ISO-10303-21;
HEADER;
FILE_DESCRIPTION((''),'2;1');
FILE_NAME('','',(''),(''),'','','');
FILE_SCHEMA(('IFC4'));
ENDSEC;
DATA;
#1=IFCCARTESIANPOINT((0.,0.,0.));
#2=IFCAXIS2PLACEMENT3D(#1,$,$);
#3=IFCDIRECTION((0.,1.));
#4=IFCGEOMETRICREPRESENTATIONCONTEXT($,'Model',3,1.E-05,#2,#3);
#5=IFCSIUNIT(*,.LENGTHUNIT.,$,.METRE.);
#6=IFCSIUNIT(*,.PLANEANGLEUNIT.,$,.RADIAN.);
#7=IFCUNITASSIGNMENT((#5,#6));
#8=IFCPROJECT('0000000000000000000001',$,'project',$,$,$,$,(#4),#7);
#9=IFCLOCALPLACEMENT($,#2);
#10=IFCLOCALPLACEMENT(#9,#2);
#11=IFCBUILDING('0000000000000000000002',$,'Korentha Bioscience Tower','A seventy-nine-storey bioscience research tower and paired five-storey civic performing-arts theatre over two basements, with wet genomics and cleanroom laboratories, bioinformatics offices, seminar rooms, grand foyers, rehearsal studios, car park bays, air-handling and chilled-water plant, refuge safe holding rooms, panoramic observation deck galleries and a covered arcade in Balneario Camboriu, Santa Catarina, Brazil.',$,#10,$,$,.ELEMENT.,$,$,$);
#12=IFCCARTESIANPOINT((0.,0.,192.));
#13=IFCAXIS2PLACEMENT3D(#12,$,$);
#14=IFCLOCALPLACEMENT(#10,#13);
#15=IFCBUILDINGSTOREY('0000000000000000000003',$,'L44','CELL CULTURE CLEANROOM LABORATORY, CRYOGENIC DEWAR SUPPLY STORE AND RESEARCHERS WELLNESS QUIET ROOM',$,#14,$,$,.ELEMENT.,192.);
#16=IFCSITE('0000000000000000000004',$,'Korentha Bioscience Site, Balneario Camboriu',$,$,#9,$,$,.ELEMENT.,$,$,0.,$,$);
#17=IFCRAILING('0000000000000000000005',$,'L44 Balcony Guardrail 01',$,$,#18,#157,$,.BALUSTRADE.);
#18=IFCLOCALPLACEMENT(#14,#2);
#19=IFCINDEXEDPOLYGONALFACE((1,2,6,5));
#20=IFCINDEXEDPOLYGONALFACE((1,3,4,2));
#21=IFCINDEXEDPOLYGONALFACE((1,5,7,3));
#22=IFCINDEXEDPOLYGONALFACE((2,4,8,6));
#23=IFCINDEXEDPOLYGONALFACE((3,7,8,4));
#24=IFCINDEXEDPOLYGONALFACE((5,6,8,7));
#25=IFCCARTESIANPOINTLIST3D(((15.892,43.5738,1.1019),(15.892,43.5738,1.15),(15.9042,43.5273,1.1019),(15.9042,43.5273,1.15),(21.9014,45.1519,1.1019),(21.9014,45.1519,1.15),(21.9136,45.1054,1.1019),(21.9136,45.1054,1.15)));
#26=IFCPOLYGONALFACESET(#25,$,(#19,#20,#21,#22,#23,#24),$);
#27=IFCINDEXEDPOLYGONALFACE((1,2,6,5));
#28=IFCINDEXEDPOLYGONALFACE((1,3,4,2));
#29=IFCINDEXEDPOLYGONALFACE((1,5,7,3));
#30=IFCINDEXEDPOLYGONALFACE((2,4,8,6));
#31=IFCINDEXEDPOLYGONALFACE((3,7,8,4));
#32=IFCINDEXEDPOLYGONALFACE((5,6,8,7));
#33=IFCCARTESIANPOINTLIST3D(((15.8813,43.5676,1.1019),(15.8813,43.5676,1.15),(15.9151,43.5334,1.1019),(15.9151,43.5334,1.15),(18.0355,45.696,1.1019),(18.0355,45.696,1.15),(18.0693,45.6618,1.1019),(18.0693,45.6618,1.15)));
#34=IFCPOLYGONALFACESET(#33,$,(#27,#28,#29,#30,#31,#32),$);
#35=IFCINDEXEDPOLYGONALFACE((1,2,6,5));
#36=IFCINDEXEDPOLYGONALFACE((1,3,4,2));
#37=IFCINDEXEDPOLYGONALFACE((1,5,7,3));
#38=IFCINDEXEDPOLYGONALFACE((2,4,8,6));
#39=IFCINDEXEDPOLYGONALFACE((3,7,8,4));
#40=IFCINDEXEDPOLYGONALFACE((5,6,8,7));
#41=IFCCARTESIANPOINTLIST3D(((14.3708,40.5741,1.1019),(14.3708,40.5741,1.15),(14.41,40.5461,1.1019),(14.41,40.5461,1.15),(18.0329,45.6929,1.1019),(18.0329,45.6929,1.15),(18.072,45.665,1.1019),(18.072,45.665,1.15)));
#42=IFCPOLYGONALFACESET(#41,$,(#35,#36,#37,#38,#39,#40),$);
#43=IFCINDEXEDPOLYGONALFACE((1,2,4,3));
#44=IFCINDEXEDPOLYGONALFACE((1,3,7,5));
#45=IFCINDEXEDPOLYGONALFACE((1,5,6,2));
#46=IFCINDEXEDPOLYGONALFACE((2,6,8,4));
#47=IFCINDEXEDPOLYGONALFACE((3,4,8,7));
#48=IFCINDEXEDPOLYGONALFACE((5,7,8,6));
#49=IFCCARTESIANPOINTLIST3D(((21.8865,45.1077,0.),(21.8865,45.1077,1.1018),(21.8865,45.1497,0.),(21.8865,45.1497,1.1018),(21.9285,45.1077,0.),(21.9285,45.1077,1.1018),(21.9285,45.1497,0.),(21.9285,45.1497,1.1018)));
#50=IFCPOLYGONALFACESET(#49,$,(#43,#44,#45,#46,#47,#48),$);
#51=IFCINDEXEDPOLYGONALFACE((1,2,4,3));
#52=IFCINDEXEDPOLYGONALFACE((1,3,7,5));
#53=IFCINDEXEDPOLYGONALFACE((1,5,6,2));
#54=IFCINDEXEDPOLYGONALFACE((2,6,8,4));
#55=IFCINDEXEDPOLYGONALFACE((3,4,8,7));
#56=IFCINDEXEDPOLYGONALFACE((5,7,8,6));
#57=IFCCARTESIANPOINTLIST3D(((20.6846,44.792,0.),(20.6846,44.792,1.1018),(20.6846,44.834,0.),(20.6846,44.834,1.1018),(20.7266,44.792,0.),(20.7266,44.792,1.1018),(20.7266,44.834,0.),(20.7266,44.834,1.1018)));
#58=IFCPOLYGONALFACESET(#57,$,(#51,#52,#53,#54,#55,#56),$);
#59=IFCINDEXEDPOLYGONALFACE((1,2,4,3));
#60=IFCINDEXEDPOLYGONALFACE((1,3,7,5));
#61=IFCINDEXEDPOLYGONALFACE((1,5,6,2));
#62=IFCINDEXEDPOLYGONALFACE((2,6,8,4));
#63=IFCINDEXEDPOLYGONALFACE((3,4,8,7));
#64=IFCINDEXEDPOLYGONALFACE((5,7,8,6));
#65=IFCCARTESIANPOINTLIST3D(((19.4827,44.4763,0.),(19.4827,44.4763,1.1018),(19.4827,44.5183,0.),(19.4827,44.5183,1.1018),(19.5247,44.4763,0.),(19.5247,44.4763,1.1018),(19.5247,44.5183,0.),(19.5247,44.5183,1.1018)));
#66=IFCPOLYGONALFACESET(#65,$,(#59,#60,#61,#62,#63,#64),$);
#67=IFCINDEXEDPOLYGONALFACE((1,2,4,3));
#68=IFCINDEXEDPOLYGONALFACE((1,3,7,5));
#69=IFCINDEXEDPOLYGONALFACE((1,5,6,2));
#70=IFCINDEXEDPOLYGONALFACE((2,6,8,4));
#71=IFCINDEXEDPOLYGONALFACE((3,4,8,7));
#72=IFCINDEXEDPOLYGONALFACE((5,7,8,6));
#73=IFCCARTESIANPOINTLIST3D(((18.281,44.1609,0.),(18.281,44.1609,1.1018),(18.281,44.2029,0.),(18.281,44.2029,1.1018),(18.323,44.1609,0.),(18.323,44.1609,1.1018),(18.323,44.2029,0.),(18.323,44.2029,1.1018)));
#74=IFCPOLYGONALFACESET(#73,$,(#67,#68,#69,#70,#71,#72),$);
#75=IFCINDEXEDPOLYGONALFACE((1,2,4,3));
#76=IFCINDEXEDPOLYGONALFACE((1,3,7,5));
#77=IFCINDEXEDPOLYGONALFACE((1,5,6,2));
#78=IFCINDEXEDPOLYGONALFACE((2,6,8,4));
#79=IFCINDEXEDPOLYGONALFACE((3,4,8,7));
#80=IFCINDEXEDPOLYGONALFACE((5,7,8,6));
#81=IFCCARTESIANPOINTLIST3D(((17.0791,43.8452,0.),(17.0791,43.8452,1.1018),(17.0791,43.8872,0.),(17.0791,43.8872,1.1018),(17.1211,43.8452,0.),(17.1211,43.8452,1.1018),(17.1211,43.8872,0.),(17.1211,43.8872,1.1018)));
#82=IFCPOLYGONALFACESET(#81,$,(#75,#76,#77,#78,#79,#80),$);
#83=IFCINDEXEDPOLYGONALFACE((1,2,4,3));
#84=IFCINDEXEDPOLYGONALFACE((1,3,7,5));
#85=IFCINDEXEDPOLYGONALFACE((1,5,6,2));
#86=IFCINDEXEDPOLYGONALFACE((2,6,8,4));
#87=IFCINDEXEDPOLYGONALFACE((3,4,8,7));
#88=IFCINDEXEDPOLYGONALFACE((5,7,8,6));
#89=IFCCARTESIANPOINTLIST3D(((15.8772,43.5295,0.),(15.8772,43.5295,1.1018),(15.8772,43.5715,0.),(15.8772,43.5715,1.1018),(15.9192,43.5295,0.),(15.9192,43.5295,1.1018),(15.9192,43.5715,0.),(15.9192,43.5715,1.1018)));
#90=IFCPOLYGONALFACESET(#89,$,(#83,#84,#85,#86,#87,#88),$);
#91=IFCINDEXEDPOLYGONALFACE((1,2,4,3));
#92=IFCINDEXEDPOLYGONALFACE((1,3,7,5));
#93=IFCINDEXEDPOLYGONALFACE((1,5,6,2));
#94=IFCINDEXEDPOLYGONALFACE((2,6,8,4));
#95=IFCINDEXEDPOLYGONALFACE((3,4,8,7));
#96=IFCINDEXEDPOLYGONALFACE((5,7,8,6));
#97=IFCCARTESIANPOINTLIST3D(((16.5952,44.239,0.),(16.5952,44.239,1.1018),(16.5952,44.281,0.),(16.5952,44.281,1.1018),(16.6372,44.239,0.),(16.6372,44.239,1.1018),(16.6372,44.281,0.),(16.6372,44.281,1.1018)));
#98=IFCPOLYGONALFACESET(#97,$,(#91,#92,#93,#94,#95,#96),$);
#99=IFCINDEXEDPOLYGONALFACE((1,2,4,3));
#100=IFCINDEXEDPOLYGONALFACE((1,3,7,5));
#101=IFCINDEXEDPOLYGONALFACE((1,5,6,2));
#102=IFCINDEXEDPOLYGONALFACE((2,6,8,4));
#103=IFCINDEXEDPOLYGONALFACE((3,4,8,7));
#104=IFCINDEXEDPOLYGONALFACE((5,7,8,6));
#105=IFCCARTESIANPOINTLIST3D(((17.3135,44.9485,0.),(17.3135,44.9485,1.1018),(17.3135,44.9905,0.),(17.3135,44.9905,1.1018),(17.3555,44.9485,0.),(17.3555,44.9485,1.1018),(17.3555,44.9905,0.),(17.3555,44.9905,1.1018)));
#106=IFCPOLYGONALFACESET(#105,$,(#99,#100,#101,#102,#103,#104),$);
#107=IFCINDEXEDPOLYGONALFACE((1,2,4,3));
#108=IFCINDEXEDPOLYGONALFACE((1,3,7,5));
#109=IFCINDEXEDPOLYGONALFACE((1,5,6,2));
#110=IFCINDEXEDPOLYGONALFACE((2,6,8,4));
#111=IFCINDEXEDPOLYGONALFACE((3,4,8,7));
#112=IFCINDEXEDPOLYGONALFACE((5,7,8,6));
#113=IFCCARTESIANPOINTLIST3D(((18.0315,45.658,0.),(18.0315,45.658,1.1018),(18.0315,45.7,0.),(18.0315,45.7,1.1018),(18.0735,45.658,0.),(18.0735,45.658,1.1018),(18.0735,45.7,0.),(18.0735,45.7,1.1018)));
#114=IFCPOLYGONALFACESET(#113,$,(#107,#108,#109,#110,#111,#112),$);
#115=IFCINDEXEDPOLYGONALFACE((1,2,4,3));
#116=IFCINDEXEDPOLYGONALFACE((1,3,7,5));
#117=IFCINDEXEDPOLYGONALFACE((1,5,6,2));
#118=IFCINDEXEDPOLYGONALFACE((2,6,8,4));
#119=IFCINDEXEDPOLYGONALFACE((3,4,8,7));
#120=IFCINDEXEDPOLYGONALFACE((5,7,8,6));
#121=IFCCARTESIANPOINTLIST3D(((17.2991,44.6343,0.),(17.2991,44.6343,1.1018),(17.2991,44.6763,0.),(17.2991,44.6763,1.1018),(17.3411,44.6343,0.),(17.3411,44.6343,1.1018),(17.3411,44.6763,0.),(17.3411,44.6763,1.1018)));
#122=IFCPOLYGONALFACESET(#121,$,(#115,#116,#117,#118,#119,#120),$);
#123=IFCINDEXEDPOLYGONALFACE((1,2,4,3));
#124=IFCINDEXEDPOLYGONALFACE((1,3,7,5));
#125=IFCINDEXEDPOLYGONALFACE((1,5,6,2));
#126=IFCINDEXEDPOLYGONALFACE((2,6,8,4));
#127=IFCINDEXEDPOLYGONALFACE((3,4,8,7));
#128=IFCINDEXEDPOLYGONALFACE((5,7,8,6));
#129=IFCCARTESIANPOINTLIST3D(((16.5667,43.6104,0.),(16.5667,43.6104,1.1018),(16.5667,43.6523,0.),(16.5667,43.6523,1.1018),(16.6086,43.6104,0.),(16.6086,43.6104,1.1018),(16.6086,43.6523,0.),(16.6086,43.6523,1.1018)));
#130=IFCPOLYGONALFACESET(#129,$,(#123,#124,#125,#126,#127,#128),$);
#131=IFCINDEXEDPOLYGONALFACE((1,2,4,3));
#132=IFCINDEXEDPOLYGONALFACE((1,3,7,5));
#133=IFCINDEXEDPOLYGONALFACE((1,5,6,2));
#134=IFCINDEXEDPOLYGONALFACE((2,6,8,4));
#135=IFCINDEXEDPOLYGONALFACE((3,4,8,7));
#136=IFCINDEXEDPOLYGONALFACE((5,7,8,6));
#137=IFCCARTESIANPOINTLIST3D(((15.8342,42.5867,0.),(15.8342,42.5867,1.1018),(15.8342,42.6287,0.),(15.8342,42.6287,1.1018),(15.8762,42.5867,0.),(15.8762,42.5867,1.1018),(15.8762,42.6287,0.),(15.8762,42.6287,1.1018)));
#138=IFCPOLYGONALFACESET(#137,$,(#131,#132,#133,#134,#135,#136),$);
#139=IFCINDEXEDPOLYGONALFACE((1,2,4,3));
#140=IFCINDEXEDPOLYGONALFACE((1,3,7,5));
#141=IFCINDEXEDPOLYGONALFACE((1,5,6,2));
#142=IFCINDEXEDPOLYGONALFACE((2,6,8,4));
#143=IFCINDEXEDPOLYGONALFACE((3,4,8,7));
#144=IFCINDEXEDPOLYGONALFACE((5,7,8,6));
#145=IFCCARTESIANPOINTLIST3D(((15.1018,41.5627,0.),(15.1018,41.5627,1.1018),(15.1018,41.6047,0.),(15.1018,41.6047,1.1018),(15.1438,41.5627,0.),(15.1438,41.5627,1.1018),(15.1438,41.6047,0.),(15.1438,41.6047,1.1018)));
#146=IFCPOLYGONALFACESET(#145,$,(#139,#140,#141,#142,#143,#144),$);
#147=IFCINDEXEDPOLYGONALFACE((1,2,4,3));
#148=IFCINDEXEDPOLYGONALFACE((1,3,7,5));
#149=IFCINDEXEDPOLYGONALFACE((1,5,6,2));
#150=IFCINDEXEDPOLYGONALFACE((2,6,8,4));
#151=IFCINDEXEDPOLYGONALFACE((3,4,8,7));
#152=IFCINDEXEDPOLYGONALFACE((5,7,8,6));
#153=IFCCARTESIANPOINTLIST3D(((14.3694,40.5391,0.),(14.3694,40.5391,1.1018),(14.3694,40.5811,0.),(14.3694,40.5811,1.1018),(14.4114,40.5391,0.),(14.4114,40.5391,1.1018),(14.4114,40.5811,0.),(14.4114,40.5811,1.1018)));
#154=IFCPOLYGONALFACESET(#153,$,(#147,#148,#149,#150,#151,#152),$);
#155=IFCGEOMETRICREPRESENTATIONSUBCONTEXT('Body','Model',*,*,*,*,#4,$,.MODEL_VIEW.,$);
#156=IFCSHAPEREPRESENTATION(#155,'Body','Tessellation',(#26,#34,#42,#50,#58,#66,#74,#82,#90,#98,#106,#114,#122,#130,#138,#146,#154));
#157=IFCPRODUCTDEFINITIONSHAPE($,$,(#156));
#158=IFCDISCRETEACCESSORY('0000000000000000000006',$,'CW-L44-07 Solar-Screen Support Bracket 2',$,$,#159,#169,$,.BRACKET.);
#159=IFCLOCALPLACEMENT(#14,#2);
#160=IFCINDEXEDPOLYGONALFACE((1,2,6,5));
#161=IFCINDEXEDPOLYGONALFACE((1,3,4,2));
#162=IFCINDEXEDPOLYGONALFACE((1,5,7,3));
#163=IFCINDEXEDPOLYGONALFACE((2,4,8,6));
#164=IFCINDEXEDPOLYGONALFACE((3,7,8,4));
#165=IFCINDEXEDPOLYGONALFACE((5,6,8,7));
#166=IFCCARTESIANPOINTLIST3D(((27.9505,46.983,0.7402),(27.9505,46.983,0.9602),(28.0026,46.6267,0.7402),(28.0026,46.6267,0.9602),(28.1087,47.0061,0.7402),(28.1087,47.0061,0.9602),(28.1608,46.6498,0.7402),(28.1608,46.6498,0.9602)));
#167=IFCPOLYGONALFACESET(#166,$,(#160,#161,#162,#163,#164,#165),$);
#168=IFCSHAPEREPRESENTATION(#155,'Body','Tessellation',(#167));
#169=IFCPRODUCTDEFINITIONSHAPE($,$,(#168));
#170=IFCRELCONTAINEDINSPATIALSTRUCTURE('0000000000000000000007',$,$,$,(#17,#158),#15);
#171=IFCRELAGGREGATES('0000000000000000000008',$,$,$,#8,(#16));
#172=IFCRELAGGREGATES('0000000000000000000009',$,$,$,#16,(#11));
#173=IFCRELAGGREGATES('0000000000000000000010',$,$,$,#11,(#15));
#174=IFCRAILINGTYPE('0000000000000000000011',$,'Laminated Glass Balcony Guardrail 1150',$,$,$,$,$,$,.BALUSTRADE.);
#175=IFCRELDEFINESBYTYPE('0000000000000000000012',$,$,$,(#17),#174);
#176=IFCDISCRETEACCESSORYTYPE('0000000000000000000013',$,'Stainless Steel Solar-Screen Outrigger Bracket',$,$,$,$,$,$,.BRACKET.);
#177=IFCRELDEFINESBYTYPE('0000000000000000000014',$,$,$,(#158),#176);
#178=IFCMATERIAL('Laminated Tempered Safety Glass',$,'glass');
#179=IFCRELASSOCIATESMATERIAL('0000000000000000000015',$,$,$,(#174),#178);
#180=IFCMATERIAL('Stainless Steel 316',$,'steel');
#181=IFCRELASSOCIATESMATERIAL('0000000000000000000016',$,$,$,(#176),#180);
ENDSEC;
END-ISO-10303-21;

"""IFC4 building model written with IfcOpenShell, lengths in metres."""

from ifc_helpers import new_model, si_unit, direction, frame, origin, origin_2d, place, context, subcontext, project, spatial, rectangle, extrude, material, type_object, element, save


model = new_model("IFC4")

# Units and contexts
model_context = context("Model", 3, precision=1e-05, world=origin(), true_north=direction((0.0, 1.0)))
body_context = subcontext(model_context, "Body", "Model", "MODEL_VIEW")
ifc_project = project(units=[si_unit("LENGTHUNIT", "METRE"), si_unit("PLANEANGLEUNIT", "RADIAN")], contexts=[model_context])

# Site, building, storey
site_placement = place(None, origin())
site = spatial("IfcSite", under=ifc_project, at=site_placement, Name="Korentha Bioscience Site, Balneario Camboriu", CompositionType="ELEMENT", RefElevation=0.0)
building_placement = place(site_placement, origin())
building = spatial("IfcBuilding", under=site, at=building_placement, Name="Korentha Bioscience Tower", Description="A seventy-nine-storey bioscience research tower and paired five-storey civic performing-arts theatre over two basements, with wet genomics and cleanroom laboratories, bioinformatics offices, seminar rooms, grand foyers, rehearsal studios, car park bays, air-handling and chilled-water plant, refuge safe holding rooms, panoramic observation deck galleries and a covered arcade in Balneario Camboriu, Santa Catarina, Brazil.", CompositionType="ELEMENT")
storey_placement = place(building_placement, frame((0.0, 0.0, 192.0)))
storey = spatial("IfcBuildingStorey", under=building, at=storey_placement, Name="L44", Description="CELL CULTURE CLEANROOM LABORATORY, CRYOGENIC DEWAR SUPPLY STORE AND RESEARCHERS WELLNESS QUIET ROOM", CompositionType="ELEMENT", Elevation=192.0)

# Railing
ifc_material_1 = material(Name="Laminated Tempered Safety Glass", Category="glass")
railing_type = type_object("IfcRailingType", Name="Laminated Glass Balcony Guardrail 1150", PredefinedType="BALUSTRADE", material=ifc_material_1)
railing_placement = place(storey_placement, frame((21.9075, 45.1287, 0.0)))
element("IfcRailing", 1, at=railing_placement, inside=storey, type_object=railing_type, Name="L44 Balcony Guardrail 01", PredefinedType="BALUSTRADE", context=body_context, shape_type="SweptSolid", body=[
    extrude(rectangle(XDim=0.0481, YDim=0.0481, at=origin_2d()), frame((0.0, 0.0, 1.126), z_axis=(-0.967204, -0.254002, 0.0), x_axis=(0.254002, -0.967204, 0.0)), (0.0, 0.0, 1.0), 6.2131),
    extrude(rectangle(XDim=0.0481, YDim=0.0481, at=origin_2d()), frame((-6.0093, -1.5781, 1.126), z_axis=(0.711367, 0.702821, 0.0), x_axis=(-0.702821, 0.711367, 0.0)), (0.0, 0.0, 1.0), 3.0283),
    extrude(rectangle(XDim=0.0481, YDim=0.0481, at=origin_2d()), frame((-3.855, 0.5503, 1.126), z_axis=(-0.581843, -0.813301, 0.0), x_axis=(0.813301, -0.581843, 0.0)), (0.0, 0.0, 1.0), 6.2939),
    extrude(rectangle(XDim=0.042, YDim=0.042, at=origin_2d()), origin(), (0.0, 0.0, 1.0), 1.1018),
    extrude(rectangle(XDim=0.042, YDim=0.042, at=origin_2d()), frame((-1.2019, -0.3157, 0.0)), (0.0, 0.0, 1.0), 1.1018),
    extrude(rectangle(XDim=0.042, YDim=0.042, at=origin_2d()), frame((-2.4038, -0.6313, 0.0)), (0.0, 0.0, 1.0), 1.1018),
    extrude(rectangle(XDim=0.042, YDim=0.042, at=origin_2d()), frame((-3.6055, -0.9468, 0.0)), (0.0, 0.0, 1.0), 1.1018),
    extrude(rectangle(XDim=0.042, YDim=0.042, at=origin_2d()), frame((-4.8074, -1.2625, 0.0)), (0.0, 0.0, 1.0), 1.1018),
    extrude(rectangle(XDim=0.042, YDim=0.042, at=origin_2d()), frame((-6.0093, -1.5781, 0.0)), (0.0, 0.0, 1.0), 1.1018),
    extrude(rectangle(XDim=0.042, YDim=0.042, at=origin_2d()), frame((-5.2913, -0.8687, 0.0)), (0.0, 0.0, 1.0), 1.1018),
    extrude(rectangle(XDim=0.042, YDim=0.042, at=origin_2d()), frame((-4.573, -0.1592, 0.0)), (0.0, 0.0, 1.0), 1.1018),
    extrude(rectangle(XDim=0.042, YDim=0.042, at=origin_2d()), frame((-3.855, 0.5503, 0.0)), (0.0, 0.0, 1.0), 1.1018),
    extrude(rectangle(XDim=0.042, YDim=0.042, at=origin_2d()), frame((-4.5874, -0.4734, 0.0)), (0.0, 0.0, 1.0), 1.1018),
    extrude(rectangle(XDim=0.042, YDim=0.042, at=origin_2d()), frame((-5.3198, -1.4973, 0.0)), (0.0, 0.0, 1.0), 1.1018),
    extrude(rectangle(XDim=0.042, YDim=0.042, at=origin_2d()), frame((-6.0522, -2.521, 0.0)), (0.0, 0.0, 1.0), 1.1018),
    extrude(rectangle(XDim=0.042, YDim=0.042, at=origin_2d()), frame((-6.7847, -3.5449, 0.0)), (0.0, 0.0, 1.0), 1.1018),
    extrude(rectangle(XDim=0.042, YDim=0.042, at=origin_2d()), frame((-7.5171, -4.5686, 0.0)), (0.0, 0.0, 1.0), 1.1018),
])

# Discrete accessory
ifc_material_2 = material(Name="Stainless Steel 316", Category="steel")
discrete_accessory_type = type_object("IfcDiscreteAccessoryType", Name="Stainless Steel Solar-Screen Outrigger Bracket", PredefinedType="BRACKET", material=ifc_material_2)
discrete_accessory_placement = place(storey_placement, frame((28.0557, 46.8164, 0.7402), z_axis=(0.0, 0.0, 1.0), x_axis=(-0.989462, -0.144793, 0.0)))
element("IfcDiscreteAccessory", 2, at=discrete_accessory_placement, inside=storey, type_object=discrete_accessory_type, Name="CW-L44-07 Solar-Screen Support Bracket 2", PredefinedType="BRACKET", context=body_context, shape_type="SweptSolid", body=[
    extrude(rectangle(XDim=0.1599, YDim=0.3601, at=origin_2d()), origin(), (0.0, 0.0, 1.0), 0.22),
])

save(model, "model.ifc")
